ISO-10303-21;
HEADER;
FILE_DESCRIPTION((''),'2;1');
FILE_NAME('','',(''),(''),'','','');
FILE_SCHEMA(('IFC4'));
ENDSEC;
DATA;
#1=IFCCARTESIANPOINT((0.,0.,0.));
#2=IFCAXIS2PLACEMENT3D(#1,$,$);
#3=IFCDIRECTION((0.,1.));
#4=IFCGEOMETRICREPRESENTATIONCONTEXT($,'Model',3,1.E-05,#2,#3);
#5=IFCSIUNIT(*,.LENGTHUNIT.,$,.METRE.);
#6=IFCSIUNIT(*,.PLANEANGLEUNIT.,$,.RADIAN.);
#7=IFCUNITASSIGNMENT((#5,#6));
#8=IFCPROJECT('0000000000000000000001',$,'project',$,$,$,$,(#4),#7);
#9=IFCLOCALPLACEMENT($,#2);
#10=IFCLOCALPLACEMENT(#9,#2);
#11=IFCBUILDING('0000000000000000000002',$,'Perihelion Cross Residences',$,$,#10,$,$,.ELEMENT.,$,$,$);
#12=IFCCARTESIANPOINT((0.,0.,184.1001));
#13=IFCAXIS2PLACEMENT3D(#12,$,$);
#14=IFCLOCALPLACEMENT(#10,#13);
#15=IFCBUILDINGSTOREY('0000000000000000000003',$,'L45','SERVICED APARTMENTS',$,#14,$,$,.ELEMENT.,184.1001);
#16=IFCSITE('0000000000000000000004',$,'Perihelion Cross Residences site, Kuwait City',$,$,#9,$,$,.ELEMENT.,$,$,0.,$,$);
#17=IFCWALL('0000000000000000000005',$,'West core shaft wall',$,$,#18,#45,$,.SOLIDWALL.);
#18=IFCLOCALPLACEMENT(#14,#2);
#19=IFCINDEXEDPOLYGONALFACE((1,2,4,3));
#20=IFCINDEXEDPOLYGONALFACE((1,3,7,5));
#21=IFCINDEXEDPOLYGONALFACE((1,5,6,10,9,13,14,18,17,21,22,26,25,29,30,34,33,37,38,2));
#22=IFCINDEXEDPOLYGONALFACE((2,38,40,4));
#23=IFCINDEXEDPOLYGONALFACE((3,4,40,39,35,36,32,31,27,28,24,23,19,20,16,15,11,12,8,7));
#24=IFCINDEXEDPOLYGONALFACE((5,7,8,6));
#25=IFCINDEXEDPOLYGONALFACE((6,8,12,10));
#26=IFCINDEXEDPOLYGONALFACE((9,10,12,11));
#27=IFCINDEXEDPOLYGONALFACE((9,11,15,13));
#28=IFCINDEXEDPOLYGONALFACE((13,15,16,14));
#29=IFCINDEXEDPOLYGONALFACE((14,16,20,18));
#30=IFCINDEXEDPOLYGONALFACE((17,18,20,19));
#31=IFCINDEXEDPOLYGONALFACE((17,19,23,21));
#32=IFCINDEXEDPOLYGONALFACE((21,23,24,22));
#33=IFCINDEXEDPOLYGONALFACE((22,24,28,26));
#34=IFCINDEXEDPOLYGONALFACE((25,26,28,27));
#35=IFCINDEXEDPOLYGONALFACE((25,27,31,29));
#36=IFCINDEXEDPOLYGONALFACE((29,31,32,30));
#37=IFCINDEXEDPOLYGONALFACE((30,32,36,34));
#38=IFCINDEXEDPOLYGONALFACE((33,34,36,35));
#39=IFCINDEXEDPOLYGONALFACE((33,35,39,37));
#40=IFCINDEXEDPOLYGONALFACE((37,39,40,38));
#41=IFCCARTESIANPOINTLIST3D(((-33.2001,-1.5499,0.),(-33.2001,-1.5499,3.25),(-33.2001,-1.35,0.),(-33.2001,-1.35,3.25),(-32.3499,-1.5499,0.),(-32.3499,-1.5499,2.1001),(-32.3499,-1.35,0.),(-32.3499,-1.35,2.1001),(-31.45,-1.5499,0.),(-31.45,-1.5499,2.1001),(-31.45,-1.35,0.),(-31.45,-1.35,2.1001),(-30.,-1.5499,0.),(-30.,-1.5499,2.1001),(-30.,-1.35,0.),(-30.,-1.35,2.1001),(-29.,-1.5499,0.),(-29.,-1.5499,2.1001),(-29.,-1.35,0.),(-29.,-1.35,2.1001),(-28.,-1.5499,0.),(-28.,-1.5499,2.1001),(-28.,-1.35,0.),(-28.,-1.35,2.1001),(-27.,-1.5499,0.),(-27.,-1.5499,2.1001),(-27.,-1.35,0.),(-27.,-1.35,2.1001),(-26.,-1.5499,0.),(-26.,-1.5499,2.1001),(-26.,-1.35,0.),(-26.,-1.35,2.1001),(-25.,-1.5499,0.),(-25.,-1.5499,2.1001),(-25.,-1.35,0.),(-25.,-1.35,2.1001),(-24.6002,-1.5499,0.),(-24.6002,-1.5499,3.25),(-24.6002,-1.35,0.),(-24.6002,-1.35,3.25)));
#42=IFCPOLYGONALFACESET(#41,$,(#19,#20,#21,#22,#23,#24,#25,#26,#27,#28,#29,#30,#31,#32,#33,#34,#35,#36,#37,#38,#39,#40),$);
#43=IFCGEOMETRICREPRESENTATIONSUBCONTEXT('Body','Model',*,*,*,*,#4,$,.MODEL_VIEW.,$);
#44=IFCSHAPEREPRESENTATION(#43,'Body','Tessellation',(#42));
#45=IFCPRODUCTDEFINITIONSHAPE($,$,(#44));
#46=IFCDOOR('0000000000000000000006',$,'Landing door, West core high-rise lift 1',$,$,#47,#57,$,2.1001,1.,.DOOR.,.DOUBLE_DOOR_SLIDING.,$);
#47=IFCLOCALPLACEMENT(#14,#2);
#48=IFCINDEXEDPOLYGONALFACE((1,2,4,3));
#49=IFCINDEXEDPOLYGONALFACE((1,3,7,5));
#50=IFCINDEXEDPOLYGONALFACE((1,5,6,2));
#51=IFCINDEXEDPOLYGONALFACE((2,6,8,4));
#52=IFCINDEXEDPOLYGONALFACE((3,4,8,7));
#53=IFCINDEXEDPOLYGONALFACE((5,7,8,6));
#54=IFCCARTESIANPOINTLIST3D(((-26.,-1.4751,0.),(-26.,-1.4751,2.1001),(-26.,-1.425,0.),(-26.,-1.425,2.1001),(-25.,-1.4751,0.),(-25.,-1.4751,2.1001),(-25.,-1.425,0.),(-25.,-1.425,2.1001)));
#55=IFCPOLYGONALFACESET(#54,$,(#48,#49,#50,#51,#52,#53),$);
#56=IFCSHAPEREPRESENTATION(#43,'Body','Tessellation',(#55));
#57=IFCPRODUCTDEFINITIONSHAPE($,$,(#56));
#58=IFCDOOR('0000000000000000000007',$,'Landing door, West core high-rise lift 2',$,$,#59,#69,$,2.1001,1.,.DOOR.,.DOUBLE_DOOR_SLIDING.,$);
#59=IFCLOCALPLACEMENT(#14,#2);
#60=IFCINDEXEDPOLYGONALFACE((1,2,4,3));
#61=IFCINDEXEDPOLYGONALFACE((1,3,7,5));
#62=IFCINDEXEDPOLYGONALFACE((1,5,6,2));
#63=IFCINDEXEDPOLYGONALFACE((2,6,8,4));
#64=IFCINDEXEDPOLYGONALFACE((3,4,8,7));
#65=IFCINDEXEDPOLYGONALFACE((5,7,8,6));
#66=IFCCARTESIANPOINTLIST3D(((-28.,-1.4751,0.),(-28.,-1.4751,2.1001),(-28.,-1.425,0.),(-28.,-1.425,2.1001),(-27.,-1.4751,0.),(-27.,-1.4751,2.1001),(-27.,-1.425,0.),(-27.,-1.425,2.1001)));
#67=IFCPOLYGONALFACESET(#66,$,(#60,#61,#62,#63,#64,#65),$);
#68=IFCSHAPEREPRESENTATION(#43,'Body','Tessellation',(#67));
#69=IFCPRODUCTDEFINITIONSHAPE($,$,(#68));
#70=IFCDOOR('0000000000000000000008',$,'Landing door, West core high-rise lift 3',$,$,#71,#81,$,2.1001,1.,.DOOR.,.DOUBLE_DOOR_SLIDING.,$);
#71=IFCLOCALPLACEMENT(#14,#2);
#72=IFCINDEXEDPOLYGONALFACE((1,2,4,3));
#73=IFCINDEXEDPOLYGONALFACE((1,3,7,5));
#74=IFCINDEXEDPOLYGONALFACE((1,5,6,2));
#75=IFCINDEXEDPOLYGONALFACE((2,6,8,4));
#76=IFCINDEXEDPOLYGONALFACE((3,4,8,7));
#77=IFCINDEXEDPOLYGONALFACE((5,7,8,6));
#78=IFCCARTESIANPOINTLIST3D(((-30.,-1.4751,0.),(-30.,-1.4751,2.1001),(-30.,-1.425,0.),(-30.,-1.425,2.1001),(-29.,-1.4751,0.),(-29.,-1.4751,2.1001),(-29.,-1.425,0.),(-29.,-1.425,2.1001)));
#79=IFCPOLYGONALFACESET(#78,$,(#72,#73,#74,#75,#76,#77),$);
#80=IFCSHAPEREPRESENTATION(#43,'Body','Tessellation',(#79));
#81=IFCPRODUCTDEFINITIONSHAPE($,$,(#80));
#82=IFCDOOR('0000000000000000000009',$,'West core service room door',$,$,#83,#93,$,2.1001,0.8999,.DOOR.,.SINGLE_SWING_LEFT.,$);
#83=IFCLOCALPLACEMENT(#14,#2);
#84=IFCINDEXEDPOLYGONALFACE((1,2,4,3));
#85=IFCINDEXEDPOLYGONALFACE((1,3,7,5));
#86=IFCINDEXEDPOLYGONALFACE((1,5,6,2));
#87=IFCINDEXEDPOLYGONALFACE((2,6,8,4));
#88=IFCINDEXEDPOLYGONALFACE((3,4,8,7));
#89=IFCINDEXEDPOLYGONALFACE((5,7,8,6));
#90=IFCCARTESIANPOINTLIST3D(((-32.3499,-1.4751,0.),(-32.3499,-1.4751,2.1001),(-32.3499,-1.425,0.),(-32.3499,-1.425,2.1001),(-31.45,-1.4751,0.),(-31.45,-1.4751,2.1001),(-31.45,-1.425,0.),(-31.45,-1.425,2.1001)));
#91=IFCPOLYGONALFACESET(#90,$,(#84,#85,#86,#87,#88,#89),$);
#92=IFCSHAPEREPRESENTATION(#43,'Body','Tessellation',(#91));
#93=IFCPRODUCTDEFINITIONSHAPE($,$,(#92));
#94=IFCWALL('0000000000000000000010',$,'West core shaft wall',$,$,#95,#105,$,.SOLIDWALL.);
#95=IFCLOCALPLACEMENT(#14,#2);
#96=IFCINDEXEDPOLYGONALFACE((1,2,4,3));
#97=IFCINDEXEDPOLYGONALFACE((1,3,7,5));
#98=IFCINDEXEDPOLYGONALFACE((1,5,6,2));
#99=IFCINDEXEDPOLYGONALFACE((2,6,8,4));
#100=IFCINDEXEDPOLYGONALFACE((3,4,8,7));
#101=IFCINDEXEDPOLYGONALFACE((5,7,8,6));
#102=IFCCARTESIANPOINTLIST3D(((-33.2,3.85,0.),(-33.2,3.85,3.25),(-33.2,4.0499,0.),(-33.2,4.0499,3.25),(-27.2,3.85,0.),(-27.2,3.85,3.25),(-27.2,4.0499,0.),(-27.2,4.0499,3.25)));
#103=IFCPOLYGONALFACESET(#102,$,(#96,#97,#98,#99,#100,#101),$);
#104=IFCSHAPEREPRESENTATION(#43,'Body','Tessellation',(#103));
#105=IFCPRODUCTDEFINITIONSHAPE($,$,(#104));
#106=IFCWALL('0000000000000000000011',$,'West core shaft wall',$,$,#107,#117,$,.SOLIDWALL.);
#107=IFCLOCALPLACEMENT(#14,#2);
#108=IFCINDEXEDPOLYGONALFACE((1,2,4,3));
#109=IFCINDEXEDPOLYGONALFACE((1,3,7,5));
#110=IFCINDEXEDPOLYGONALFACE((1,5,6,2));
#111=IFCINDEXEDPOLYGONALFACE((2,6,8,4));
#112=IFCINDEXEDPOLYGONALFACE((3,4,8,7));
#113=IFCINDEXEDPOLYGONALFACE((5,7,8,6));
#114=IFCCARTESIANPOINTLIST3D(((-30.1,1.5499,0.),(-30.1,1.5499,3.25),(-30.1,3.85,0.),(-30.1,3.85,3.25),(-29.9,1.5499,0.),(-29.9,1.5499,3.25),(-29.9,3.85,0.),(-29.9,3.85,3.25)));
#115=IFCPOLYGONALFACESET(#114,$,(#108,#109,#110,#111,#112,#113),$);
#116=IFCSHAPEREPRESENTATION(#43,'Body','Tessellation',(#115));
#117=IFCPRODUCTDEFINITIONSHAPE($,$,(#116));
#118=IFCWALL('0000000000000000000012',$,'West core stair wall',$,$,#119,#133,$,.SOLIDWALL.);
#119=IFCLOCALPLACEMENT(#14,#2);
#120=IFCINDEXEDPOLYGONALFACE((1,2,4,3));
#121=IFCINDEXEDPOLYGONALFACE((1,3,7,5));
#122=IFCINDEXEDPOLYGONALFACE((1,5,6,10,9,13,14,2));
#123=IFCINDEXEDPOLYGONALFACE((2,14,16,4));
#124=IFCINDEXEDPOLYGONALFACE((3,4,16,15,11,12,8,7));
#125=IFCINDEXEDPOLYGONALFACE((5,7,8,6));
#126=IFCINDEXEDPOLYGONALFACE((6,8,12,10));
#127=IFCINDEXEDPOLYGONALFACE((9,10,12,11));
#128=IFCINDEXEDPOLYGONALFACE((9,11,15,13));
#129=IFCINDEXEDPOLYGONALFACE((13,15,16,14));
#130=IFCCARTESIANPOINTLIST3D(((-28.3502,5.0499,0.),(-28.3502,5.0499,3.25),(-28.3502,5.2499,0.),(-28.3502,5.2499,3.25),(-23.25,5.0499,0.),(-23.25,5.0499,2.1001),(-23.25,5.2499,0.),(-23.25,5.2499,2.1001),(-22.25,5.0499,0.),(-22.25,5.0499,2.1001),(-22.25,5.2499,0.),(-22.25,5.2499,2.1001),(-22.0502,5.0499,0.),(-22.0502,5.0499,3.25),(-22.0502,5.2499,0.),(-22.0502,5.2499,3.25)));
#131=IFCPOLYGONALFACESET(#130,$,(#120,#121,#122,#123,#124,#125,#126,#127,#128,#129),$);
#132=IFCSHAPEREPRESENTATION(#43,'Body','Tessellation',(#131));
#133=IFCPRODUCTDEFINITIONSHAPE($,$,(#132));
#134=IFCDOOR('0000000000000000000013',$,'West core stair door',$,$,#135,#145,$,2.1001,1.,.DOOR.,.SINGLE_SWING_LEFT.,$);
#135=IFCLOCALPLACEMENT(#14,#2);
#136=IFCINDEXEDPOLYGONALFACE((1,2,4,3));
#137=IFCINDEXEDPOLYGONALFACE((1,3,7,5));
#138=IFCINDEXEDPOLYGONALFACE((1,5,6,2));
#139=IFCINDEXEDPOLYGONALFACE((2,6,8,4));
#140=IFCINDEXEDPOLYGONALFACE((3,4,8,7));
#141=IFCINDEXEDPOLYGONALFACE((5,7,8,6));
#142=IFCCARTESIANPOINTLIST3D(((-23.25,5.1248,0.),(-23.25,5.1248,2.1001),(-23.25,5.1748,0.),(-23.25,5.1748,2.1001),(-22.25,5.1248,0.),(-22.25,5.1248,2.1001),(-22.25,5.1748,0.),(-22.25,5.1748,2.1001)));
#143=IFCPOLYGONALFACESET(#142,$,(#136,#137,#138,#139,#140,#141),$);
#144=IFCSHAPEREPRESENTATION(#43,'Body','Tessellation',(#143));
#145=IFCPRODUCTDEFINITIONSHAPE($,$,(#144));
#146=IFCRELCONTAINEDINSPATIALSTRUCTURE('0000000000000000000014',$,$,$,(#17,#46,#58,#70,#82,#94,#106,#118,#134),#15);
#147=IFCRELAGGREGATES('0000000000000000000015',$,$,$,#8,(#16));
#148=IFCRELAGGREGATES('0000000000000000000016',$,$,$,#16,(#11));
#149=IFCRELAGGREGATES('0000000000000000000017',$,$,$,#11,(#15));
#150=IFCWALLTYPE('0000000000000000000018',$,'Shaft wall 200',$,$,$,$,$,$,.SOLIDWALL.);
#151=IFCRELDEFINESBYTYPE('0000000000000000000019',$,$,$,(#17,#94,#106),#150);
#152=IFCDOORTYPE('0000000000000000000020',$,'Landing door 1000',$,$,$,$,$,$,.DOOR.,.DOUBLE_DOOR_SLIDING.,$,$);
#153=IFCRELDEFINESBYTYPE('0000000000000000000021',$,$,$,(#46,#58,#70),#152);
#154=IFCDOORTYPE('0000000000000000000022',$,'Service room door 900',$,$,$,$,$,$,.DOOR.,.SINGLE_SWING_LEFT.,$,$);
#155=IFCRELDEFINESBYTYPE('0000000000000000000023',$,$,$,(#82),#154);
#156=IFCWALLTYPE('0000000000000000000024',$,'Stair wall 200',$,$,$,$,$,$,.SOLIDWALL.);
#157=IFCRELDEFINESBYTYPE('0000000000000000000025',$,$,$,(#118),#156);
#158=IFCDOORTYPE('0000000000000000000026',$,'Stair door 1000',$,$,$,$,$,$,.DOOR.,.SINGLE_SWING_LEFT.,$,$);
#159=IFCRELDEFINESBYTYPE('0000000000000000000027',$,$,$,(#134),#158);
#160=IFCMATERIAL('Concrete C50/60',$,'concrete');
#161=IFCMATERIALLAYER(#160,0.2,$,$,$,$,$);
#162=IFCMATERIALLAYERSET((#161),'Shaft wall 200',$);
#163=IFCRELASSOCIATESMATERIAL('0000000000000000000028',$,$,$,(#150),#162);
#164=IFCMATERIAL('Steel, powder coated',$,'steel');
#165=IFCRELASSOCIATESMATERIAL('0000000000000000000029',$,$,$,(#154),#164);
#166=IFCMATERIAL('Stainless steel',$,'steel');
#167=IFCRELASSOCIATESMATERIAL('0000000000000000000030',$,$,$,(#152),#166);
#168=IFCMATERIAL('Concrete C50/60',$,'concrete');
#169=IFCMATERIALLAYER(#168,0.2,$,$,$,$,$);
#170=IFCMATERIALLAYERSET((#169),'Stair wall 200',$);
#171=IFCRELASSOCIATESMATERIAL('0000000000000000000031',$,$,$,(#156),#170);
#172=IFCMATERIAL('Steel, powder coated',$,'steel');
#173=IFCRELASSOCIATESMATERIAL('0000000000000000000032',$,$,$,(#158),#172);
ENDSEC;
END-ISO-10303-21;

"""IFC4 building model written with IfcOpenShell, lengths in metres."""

from ifc_helpers import new_model, si_unit, direction, frame, frame_2d, origin, place, context, subcontext, project, spatial, rectangle, extrude, material, layer, layer_set, type_object, element, fill, save


model = new_model("IFC4")

# Units and contexts
model_context = context("Model", 3, precision=1e-05, world=origin(), true_north=direction((0.0, 1.0)))
body_context = subcontext(model_context, "Body", "Model", "MODEL_VIEW")
ifc_project = project(units=[si_unit("LENGTHUNIT", "METRE"), si_unit("PLANEANGLEUNIT", "RADIAN")], contexts=[model_context])

# Site, building, storey
site_placement = place(None, origin())
site = spatial("IfcSite", under=ifc_project, at=site_placement, Name="Perihelion Cross Residences site, Kuwait City", CompositionType="ELEMENT", RefElevation=0.0)
building_placement = place(site_placement, origin())
building = spatial("IfcBuilding", under=site, at=building_placement, Name="Perihelion Cross Residences", CompositionType="ELEMENT")
storey_placement = place(building_placement, frame((0.0, 0.0, 184.1001)))
storey = spatial("IfcBuildingStorey", under=building, at=storey_placement, Name="L45", Description="SERVICED APARTMENTS", CompositionType="ELEMENT", Elevation=184.1001)

# Wall, openings, doors
ifc_material_1 = material(Name="Concrete C50/60", Category="concrete")
ifc_layer_1 = layer(ifc_material_1, 0.2)
ifc_layer_set_1 = layer_set([ifc_layer_1], Name="Shaft wall 200")
wall_type_1 = type_object("IfcWallType", Name="Shaft wall 200", PredefinedType="SOLIDWALL", material=ifc_layer_set_1)
ifc_material_2 = material(Name="Steel, powder coated", Category="steel")
door_type_1 = type_object("IfcDoorType", Name="Service room door 900", OperationType="SINGLE_SWING_LEFT", PredefinedType="DOOR", material=ifc_material_2)
wall_1_placement = place(storey_placement, frame((-33.2, -1.45, 0.0), z_axis=(0.0, 0.0, 1.0), x_axis=(1.0, 0.0, 0.0)))
wall_1 = element("IfcWall", 1, at=wall_1_placement, inside=storey, type_object=wall_type_1, Name="West core shaft wall", PredefinedType="SOLIDWALL", context=body_context, shape_type="SweptSolid", body=[
    extrude(rectangle(XDim=8.5999, YDim=0.2, at=frame_2d((4.2998, 0.0))), origin(), (0.0, 0.0, 1.0), 3.25),
])
opening_1_placement = place(wall_1_placement, frame((7.2, 0.0, 0.0)))
opening_1 = element("IfcOpeningElement", 2, at=opening_1_placement, cuts=wall_1, PredefinedType="OPENING", context=body_context, shape_type="SweptSolid", body=[
    extrude(rectangle(XDim=1.0, YDim=2.1001, at=frame_2d((0.5, 1.05))), frame((0.0, 0.1099, 0.0), z_axis=(0.0, -1.0, 0.0), x_axis=(1.0, 0.0, 0.0)), (0.0, 0.0, 1.0), 0.22),
])
opening_2_placement = place(wall_1_placement, frame((5.2, 0.0, 0.0)))
opening_2 = element("IfcOpeningElement", 3, at=opening_2_placement, cuts=wall_1, PredefinedType="OPENING", context=body_context, shape_type="SweptSolid", body=[
    extrude(rectangle(XDim=1.0, YDim=2.1001, at=frame_2d((0.5, 1.05))), frame((0.0, 0.1099, 0.0), z_axis=(0.0, -1.0, 0.0), x_axis=(1.0, 0.0, 0.0)), (0.0, 0.0, 1.0), 0.22),
])
opening_3_placement = place(wall_1_placement, frame((3.2, 0.0, 0.0)))
opening_3 = element("IfcOpeningElement", 4, at=opening_3_placement, cuts=wall_1, PredefinedType="OPENING", context=body_context, shape_type="SweptSolid", body=[
    extrude(rectangle(XDim=1.0, YDim=2.1001, at=frame_2d((0.5, 1.05))), frame((0.0, 0.1099, 0.0), z_axis=(0.0, -1.0, 0.0), x_axis=(1.0, 0.0, 0.0)), (0.0, 0.0, 1.0), 0.22),
])
opening_4_placement = place(wall_1_placement, frame((0.8501, 0.0, 0.0)))
opening_4 = element("IfcOpeningElement", 5, at=opening_4_placement, cuts=wall_1, PredefinedType="OPENING", context=body_context, shape_type="SweptSolid", body=[
    extrude(rectangle(XDim=0.8999, YDim=2.1001, at=frame_2d((0.45, 1.05))), frame((0.0, 0.1099, 0.0), z_axis=(0.0, -1.0, 0.0), x_axis=(1.0, 0.0, 0.0)), (0.0, 0.0, 1.0), 0.22),
])
ifc_material_3 = material(Name="Stainless steel", Category="steel")
door_type_2 = type_object("IfcDoorType", Name="Landing door 1000", OperationType="DOUBLE_DOOR_SLIDING", PredefinedType="DOOR", material=ifc_material_3)
door_1_placement = place(opening_1_placement, origin())
door_1 = element("IfcDoor", 6, at=door_1_placement, inside=storey, type_object=door_type_2, Name="Landing door, West core high-rise lift 1", OperationType="DOUBLE_DOOR_SLIDING", OverallHeight=2.1001, OverallWidth=1.0, PredefinedType="DOOR", context=body_context, shape_type="SweptSolid", body=[
    extrude(rectangle(XDim=1.0, YDim=2.1001, at=frame_2d((0.5, 1.05))), frame((0.0, 0.0249, 0.0), z_axis=(0.0, -1.0, 0.0), x_axis=(1.0, 0.0, 0.0)), (0.0, 0.0, 1.0), 0.05),
])
fill(opening_1, door_1)
door_2_placement = place(opening_2_placement, origin())
door_2 = element("IfcDoor", 7, at=door_2_placement, inside=storey, type_object=door_type_2, Name="Landing door, West core high-rise lift 2", OperationType="DOUBLE_DOOR_SLIDING", OverallHeight=2.1001, OverallWidth=1.0, PredefinedType="DOOR", context=body_context, shape_type="SweptSolid", body=[
    extrude(rectangle(XDim=1.0, YDim=2.1001, at=frame_2d((0.5, 1.05))), frame((0.0, 0.0249, 0.0), z_axis=(0.0, -1.0, 0.0), x_axis=(1.0, 0.0, 0.0)), (0.0, 0.0, 1.0), 0.05),
])
fill(opening_2, door_2)
door_3_placement = place(opening_3_placement, origin())
door_3 = element("IfcDoor", 8, at=door_3_placement, inside=storey, type_object=door_type_2, Name="Landing door, West core high-rise lift 3", OperationType="DOUBLE_DOOR_SLIDING", OverallHeight=2.1001, OverallWidth=1.0, PredefinedType="DOOR", context=body_context, shape_type="SweptSolid", body=[
    extrude(rectangle(XDim=1.0, YDim=2.1001, at=frame_2d((0.5, 1.05))), frame((0.0, 0.0249, 0.0), z_axis=(0.0, -1.0, 0.0), x_axis=(1.0, 0.0, 0.0)), (0.0, 0.0, 1.0), 0.05),
])
fill(opening_3, door_3)
door_4_placement = place(opening_4_placement, origin())
door_4 = element("IfcDoor", 9, at=door_4_placement, inside=storey, type_object=door_type_1, Name="West core service room door", OperationType="SINGLE_SWING_LEFT", OverallHeight=2.1001, OverallWidth=0.8999, PredefinedType="DOOR", context=body_context, shape_type="SweptSolid", body=[
    extrude(rectangle(XDim=0.8999, YDim=2.1001, at=frame_2d((0.45, 1.05))), frame((0.0, 0.0249, 0.0), z_axis=(0.0, -1.0, 0.0), x_axis=(1.0, 0.0, 0.0)), (0.0, 0.0, 1.0), 0.05),
])
fill(opening_4, door_4)

# Walls
wall_2_placement = place(storey_placement, frame((-33.2, 3.95, 0.0), z_axis=(0.0, 0.0, 1.0), x_axis=(1.0, 0.0, 0.0)))
element("IfcWall", 10, at=wall_2_placement, inside=storey, type_object=wall_type_1, Name="West core shaft wall", PredefinedType="SOLIDWALL", context=body_context, shape_type="SweptSolid", body=[
    extrude(rectangle(XDim=6.0, YDim=0.2, at=frame_2d((3.0, 0.0))), origin(), (0.0, 0.0, 1.0), 3.25),
])
wall_3_placement = place(storey_placement, frame((-30.0, 1.55, 0.0), z_axis=(0.0, 0.0, 1.0), x_axis=(0.0, 1.0, 0.0)))
element("IfcWall", 11, at=wall_3_placement, inside=storey, type_object=wall_type_1, Name="West core shaft wall", PredefinedType="SOLIDWALL", context=body_context, shape_type="SweptSolid", body=[
    extrude(rectangle(XDim=2.3, YDim=0.2, at=frame_2d((1.1499, 0.0))), origin(), (0.0, 0.0, 1.0), 3.25),
])

# Wall, opening, door
ifc_material_4 = material(Name="Concrete C50/60", Category="concrete")
ifc_layer_2 = layer(ifc_material_4, 0.2)
ifc_layer_set_2 = layer_set([ifc_layer_2], Name="Stair wall 200")
wall_type_2 = type_object("IfcWallType", Name="Stair wall 200", PredefinedType="SOLIDWALL", material=ifc_layer_set_2)
wall_4_placement = place(storey_placement, frame((-28.3501, 5.1499, 0.0), z_axis=(0.0, 0.0, 1.0), x_axis=(1.0, 0.0, 0.0)))
wall_4 = element("IfcWall", 12, at=wall_4_placement, inside=storey, type_object=wall_type_2, Name="West core stair wall", PredefinedType="SOLIDWALL", context=body_context, shape_type="SweptSolid", body=[
    extrude(rectangle(XDim=6.3, YDim=0.2, at=frame_2d((3.1499, 0.0))), origin(), (0.0, 0.0, 1.0), 3.25),
])
opening_5_placement = place(wall_4_placement, frame((5.1001, 0.0, 0.0)))
opening_5 = element("IfcOpeningElement", 13, at=opening_5_placement, cuts=wall_4, PredefinedType="OPENING", context=body_context, shape_type="SweptSolid", body=[
    extrude(rectangle(XDim=1.0, YDim=2.1001, at=frame_2d((0.5, 1.05))), frame((0.0, 0.1099, 0.0), z_axis=(0.0, -1.0, 0.0), x_axis=(1.0, 0.0, 0.0)), (0.0, 0.0, 1.0), 0.22),
])
ifc_material_5 = material(Name="Steel, powder coated", Category="steel")
door_type_3 = type_object("IfcDoorType", Name="Stair door 1000", OperationType="SINGLE_SWING_LEFT", PredefinedType="DOOR", material=ifc_material_5)
door_5_placement = place(opening_5_placement, origin())
door_5 = element("IfcDoor", 14, at=door_5_placement, inside=storey, type_object=door_type_3, Name="West core stair door", OperationType="SINGLE_SWING_LEFT", OverallHeight=2.1001, OverallWidth=1.0, PredefinedType="DOOR", context=body_context, shape_type="SweptSolid", body=[
    extrude(rectangle(XDim=1.0, YDim=2.1001, at=frame_2d((0.5, 1.05))), frame((0.0, 0.0249, 0.0), z_axis=(0.0, -1.0, 0.0), x_axis=(1.0, 0.0, 0.0)), (0.0, 0.0, 1.0), 0.05),
])
fill(opening_5, door_5)

save(model, "model.ifc")
